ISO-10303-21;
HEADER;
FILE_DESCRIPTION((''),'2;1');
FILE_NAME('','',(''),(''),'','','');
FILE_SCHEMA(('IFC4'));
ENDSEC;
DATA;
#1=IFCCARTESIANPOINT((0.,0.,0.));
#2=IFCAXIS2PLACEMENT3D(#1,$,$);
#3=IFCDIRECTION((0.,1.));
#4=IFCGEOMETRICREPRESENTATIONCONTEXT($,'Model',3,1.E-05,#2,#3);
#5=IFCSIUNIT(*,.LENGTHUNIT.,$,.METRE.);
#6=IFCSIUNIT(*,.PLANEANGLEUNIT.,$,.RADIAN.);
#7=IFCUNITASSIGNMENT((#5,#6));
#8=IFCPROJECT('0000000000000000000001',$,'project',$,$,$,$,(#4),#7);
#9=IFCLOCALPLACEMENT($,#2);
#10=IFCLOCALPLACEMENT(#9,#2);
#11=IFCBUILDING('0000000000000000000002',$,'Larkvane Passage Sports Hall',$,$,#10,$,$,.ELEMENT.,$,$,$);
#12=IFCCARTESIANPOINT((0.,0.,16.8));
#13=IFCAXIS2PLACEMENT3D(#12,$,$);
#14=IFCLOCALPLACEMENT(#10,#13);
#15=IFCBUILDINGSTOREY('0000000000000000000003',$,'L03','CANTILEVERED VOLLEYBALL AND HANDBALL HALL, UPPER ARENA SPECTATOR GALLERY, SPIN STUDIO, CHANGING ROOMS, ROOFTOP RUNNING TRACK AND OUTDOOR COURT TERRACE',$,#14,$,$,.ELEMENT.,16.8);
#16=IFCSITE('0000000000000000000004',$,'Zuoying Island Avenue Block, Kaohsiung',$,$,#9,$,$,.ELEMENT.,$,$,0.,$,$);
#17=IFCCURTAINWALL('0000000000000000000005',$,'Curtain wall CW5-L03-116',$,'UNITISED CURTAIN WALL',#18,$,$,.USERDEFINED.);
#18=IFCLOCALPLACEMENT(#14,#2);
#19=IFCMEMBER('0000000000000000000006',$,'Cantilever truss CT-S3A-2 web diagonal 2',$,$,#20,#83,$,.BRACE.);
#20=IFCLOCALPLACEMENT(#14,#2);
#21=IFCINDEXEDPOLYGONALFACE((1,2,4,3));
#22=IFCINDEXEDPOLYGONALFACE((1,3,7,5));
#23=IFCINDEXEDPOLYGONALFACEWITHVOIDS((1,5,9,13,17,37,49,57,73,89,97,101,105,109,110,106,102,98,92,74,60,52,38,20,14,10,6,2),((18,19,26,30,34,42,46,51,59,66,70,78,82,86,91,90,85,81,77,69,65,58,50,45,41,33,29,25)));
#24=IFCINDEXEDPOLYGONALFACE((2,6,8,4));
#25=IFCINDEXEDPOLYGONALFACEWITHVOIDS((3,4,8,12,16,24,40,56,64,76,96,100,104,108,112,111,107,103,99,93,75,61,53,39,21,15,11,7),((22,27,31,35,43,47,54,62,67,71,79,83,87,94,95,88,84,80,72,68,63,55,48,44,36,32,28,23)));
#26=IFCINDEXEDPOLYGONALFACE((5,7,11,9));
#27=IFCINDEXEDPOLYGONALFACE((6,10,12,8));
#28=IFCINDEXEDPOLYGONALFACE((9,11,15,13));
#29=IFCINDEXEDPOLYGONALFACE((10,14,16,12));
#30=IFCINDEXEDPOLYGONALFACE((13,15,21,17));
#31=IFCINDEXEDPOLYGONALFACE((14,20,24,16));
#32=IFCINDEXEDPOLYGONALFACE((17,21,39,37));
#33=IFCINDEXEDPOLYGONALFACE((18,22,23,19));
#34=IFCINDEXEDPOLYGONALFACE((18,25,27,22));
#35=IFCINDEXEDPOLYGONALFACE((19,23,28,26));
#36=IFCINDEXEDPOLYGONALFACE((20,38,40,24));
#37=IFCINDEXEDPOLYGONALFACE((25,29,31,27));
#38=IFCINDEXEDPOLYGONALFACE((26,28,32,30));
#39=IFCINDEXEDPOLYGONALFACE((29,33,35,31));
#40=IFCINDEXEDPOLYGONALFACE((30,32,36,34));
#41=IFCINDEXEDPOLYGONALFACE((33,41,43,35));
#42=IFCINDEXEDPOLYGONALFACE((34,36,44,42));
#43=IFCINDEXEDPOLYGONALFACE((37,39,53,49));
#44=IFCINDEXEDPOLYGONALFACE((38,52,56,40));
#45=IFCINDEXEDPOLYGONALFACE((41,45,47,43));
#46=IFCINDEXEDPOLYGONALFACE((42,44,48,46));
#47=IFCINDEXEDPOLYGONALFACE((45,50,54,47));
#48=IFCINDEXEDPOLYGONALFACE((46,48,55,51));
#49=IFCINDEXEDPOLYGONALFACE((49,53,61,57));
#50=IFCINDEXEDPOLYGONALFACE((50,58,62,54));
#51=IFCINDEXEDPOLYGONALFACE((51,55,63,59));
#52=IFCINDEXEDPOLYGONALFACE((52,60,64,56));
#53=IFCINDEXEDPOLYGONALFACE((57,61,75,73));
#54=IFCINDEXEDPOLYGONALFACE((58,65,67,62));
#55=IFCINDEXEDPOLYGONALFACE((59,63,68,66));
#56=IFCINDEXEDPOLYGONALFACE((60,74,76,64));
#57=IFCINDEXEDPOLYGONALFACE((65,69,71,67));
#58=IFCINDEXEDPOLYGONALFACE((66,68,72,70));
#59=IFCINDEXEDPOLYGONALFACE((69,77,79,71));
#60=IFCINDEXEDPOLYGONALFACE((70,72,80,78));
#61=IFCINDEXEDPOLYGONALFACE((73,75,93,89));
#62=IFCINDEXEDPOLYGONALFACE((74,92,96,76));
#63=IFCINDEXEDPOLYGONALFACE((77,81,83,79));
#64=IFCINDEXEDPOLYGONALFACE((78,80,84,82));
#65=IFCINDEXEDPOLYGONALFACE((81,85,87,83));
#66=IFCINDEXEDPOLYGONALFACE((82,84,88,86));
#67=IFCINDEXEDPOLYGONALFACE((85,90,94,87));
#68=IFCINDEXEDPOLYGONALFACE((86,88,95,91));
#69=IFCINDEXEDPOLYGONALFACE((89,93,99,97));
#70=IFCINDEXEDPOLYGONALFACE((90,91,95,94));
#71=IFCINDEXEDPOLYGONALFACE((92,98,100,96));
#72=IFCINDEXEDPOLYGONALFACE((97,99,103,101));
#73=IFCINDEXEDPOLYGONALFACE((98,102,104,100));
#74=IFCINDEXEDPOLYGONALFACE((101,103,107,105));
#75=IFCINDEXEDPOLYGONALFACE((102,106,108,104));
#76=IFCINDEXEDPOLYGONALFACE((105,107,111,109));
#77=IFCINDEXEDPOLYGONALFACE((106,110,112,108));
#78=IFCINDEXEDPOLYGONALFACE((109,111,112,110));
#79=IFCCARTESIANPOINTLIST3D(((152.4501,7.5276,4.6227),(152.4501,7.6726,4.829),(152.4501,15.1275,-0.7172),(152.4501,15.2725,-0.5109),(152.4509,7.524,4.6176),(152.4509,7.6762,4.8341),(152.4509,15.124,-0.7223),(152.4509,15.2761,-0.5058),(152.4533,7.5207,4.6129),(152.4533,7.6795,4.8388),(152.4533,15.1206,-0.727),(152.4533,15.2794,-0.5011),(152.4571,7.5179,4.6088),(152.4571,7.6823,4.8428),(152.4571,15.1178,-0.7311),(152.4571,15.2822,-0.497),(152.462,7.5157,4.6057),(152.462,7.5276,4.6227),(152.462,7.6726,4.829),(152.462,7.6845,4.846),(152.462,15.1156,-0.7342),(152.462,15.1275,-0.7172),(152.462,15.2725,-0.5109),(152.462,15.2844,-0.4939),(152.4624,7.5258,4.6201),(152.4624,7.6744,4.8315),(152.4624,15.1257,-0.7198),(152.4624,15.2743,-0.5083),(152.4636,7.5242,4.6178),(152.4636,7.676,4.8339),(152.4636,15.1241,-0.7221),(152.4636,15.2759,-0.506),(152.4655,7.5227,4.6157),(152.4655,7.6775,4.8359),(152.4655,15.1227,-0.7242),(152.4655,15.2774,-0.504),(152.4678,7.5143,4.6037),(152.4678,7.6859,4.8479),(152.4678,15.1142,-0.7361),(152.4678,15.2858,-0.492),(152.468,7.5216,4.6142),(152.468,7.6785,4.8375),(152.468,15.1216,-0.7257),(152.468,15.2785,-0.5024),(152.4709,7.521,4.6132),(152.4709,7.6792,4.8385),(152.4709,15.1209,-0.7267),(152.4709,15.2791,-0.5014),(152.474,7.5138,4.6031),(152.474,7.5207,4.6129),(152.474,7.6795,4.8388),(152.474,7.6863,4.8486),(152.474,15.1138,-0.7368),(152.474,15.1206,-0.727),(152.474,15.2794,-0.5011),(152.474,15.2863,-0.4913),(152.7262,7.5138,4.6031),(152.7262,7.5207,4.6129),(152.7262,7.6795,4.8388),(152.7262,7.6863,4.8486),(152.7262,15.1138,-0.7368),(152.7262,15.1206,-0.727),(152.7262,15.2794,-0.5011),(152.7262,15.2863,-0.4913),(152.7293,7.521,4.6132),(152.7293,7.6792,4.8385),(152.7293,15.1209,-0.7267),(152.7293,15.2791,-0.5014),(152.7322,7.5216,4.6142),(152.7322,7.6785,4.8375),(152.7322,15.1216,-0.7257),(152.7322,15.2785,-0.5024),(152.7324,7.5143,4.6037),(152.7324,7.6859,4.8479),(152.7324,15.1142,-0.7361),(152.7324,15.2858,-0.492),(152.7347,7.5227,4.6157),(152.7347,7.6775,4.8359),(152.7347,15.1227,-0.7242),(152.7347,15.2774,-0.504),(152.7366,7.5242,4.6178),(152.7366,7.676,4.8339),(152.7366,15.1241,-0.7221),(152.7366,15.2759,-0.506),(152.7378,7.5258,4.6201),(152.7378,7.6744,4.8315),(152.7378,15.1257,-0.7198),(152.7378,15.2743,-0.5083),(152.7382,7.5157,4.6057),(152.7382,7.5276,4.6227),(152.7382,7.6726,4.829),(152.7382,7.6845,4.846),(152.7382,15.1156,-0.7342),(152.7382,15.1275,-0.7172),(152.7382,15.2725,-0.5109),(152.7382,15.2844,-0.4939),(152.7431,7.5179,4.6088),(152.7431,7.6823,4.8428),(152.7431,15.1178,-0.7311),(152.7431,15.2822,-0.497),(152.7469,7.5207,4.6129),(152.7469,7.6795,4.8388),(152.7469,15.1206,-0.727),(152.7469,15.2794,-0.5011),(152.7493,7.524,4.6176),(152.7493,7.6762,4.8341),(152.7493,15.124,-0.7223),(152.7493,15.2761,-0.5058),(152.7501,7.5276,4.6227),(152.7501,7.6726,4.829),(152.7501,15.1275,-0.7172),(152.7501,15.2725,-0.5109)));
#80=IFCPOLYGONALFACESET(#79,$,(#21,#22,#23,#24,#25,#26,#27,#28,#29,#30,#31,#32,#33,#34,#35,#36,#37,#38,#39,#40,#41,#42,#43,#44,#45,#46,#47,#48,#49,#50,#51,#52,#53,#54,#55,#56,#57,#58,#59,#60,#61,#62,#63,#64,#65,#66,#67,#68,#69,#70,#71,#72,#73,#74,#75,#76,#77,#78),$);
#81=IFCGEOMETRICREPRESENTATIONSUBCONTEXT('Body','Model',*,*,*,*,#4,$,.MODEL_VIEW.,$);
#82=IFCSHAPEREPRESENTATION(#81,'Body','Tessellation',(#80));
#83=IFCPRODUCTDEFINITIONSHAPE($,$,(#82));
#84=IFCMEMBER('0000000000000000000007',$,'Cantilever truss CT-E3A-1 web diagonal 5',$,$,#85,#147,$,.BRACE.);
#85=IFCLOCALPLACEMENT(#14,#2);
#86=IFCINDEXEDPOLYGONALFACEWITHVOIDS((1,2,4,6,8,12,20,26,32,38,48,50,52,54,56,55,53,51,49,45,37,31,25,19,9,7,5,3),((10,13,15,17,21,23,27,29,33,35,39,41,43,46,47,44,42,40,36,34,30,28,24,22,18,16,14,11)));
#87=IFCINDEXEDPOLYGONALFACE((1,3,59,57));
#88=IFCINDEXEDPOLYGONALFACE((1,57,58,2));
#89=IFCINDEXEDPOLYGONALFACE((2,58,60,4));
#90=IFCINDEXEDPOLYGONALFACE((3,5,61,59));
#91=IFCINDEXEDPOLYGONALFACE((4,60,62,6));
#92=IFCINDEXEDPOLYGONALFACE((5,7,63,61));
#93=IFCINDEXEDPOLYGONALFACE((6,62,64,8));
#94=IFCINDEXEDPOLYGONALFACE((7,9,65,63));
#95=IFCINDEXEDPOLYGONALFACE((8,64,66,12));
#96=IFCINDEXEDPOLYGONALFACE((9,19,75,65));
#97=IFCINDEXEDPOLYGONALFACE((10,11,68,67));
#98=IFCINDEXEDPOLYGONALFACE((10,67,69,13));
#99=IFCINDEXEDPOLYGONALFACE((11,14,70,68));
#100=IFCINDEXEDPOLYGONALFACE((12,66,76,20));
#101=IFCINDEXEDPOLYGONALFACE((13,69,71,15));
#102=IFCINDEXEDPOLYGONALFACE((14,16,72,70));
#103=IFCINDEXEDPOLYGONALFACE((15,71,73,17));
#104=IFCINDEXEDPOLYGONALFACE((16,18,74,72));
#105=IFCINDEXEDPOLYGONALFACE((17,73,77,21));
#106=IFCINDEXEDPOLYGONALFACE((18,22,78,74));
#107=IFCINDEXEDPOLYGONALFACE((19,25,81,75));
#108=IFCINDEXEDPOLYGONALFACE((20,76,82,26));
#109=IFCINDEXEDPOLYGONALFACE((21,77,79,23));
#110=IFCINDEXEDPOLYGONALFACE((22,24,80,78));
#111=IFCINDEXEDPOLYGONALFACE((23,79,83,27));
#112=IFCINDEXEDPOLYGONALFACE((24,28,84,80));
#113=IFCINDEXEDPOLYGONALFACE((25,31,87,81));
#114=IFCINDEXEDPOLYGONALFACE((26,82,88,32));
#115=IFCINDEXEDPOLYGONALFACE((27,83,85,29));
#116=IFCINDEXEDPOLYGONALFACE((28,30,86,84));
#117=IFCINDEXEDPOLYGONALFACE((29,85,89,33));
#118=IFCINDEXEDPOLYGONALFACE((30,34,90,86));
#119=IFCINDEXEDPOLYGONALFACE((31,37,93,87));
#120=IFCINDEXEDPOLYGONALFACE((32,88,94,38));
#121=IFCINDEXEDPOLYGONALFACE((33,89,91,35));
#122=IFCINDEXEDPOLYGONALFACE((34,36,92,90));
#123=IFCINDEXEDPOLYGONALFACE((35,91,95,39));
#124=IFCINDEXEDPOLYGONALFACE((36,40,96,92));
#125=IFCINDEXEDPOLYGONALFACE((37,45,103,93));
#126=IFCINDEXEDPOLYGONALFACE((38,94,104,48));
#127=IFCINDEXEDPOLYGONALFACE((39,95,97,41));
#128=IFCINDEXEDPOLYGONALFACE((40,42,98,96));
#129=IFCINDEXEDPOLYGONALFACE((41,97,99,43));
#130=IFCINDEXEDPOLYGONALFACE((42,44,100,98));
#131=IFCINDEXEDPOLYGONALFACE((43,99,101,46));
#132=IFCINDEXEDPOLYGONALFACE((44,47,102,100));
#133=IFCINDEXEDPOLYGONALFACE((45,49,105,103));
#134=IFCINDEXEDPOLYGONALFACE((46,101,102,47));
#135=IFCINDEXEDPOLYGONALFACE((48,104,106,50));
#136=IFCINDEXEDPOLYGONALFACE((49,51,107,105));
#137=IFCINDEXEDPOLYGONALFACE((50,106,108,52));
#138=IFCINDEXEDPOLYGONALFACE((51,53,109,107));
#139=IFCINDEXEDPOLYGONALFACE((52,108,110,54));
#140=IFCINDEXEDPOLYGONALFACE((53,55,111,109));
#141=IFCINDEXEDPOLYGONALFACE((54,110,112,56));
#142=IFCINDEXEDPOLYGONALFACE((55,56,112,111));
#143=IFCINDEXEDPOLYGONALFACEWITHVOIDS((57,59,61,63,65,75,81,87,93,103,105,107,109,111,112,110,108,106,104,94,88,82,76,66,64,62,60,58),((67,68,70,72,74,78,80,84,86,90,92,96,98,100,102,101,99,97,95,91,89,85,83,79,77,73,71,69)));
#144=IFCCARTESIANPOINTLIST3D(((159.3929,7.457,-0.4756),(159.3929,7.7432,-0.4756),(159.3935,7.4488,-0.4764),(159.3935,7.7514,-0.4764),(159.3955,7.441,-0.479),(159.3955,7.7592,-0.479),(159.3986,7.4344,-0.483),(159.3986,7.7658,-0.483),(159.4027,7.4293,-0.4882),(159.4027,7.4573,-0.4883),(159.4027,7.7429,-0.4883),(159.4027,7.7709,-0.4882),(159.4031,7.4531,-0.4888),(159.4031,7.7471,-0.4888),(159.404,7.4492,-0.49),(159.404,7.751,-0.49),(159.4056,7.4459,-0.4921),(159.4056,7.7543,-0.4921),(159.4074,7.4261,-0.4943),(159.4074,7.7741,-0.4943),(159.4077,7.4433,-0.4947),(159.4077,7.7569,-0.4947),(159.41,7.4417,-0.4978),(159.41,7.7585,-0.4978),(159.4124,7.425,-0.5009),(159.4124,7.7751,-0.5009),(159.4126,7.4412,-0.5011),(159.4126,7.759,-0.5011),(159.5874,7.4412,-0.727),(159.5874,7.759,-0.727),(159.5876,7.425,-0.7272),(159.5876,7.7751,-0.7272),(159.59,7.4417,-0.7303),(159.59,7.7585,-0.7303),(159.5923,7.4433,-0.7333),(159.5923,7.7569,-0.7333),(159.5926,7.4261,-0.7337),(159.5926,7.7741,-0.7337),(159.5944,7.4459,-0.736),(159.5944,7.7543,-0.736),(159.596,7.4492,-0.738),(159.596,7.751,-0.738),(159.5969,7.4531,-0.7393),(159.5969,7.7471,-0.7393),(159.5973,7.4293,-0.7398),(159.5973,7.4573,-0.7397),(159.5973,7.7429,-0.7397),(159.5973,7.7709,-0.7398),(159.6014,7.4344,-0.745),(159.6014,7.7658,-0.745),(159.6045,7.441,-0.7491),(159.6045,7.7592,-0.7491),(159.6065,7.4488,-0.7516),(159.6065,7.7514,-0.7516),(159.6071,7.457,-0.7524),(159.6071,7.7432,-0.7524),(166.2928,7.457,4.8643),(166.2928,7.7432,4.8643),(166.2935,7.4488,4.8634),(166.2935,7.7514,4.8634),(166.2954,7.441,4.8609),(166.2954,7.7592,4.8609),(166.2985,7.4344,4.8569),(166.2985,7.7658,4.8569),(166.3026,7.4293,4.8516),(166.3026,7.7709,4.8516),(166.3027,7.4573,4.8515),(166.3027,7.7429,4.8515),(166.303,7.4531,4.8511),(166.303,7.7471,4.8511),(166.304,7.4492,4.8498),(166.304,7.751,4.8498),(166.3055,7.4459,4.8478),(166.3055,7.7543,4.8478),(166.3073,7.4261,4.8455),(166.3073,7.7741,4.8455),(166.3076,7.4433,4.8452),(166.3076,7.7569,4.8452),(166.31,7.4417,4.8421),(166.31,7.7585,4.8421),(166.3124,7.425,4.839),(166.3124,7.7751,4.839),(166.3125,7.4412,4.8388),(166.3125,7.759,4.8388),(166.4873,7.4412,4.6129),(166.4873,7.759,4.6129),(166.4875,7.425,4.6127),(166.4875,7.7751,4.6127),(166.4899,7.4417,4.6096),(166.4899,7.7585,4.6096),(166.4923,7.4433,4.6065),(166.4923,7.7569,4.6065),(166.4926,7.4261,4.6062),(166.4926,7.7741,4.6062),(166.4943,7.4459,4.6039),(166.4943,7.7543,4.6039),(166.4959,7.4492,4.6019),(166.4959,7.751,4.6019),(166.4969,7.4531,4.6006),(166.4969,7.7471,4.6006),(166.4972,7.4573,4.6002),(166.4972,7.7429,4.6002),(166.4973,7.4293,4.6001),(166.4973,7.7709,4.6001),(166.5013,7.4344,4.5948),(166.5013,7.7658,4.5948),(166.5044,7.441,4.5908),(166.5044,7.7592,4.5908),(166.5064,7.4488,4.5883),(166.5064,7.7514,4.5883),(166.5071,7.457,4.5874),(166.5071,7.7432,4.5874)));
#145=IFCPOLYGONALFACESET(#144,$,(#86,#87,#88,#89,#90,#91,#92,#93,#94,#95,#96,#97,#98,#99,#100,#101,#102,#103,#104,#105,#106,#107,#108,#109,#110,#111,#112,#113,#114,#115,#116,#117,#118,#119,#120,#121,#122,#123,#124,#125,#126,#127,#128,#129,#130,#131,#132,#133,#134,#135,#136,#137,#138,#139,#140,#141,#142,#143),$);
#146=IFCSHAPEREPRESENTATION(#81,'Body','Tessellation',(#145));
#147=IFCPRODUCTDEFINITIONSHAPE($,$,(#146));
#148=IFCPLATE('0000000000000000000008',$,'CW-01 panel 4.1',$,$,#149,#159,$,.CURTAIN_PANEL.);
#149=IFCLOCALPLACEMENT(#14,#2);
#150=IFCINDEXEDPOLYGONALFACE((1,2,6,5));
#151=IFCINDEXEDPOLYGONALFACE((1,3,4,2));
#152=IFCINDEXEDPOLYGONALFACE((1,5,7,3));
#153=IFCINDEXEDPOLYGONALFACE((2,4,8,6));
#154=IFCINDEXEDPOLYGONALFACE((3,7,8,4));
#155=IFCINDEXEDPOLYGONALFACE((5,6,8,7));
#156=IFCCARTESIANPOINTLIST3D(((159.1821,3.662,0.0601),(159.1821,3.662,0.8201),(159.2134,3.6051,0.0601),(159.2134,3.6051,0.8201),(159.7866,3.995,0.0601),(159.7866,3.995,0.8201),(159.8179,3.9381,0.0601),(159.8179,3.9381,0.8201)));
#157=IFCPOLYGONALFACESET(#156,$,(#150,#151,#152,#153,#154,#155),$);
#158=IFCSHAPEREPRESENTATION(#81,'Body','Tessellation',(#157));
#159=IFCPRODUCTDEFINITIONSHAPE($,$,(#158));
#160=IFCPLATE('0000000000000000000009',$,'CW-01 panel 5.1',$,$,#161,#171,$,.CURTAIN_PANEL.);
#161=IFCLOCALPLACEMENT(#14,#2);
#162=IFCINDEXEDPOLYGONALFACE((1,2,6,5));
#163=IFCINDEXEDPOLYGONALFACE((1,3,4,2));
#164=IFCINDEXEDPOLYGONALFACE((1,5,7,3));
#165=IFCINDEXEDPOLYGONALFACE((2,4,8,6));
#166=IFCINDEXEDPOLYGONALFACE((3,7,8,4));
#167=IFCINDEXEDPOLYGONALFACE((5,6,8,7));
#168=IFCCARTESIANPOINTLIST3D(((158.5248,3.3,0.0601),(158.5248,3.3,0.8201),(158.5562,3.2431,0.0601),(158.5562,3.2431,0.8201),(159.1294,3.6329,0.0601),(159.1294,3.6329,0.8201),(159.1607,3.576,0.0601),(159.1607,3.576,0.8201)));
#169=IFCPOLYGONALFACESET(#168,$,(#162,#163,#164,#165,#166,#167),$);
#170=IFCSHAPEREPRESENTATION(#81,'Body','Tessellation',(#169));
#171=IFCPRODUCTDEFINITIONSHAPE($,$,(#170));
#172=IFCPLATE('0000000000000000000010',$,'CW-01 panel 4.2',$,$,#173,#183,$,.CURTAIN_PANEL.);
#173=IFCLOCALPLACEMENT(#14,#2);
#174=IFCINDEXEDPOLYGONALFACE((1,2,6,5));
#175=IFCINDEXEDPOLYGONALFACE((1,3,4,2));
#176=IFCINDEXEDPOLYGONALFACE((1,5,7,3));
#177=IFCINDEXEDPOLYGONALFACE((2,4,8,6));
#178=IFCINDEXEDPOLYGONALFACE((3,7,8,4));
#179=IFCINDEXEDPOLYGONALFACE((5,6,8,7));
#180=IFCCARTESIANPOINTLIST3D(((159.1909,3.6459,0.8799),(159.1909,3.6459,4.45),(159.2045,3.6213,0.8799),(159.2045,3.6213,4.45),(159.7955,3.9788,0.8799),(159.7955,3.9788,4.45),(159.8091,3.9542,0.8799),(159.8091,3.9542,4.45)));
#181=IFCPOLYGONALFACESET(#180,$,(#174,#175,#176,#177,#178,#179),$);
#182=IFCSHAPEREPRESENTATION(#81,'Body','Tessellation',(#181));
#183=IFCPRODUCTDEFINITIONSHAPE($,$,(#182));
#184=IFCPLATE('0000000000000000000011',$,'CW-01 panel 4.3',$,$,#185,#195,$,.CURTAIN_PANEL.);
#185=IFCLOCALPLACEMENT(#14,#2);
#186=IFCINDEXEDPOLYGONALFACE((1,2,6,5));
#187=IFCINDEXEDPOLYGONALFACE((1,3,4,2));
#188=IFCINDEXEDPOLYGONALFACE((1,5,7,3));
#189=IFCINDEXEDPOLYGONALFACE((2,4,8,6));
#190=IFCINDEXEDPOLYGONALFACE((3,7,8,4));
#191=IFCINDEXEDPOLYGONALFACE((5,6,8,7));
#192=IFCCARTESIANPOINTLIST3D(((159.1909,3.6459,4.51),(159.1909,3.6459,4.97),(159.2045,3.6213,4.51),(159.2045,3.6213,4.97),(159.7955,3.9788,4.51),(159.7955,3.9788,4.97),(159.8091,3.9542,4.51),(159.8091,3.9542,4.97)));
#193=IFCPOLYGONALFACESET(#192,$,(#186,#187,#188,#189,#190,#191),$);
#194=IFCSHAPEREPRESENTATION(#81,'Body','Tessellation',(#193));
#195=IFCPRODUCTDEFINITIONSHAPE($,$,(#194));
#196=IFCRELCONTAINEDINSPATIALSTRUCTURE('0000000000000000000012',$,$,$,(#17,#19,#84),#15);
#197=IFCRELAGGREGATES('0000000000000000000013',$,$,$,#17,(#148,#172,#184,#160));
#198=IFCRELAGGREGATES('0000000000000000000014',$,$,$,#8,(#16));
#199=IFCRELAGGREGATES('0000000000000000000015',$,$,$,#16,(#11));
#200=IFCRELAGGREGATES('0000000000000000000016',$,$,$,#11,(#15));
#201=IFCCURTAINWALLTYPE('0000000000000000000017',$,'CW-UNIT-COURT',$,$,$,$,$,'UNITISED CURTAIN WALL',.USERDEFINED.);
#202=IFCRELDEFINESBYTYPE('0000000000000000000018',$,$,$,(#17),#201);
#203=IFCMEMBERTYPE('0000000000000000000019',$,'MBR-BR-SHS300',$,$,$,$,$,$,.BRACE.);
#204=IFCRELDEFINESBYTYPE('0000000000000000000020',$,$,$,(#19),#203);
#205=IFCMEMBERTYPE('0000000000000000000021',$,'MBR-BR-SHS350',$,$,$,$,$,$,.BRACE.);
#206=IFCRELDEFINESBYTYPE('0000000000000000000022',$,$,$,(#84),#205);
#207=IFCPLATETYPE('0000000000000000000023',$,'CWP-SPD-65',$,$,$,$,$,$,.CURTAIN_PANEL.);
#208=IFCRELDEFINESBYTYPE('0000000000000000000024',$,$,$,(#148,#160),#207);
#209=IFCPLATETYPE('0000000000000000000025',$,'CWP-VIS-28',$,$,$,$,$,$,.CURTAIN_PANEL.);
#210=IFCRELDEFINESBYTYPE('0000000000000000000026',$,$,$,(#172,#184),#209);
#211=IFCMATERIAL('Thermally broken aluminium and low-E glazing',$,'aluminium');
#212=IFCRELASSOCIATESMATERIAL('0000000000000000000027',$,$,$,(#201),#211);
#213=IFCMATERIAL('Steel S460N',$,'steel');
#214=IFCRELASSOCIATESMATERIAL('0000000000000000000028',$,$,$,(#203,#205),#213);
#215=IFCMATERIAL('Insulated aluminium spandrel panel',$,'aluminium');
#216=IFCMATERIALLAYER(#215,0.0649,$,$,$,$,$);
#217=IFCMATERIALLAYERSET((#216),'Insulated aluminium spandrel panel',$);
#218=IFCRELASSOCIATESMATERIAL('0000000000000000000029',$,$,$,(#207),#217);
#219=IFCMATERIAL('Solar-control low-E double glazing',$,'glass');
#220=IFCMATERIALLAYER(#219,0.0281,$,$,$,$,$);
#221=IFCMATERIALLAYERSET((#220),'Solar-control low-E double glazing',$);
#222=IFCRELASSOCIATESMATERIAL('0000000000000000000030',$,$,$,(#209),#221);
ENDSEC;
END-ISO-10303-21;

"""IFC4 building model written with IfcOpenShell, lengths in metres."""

from ifc_helpers import new_model, si_unit, direction, frame, origin, origin_2d, place, context, subcontext, project, spatial, rectangle, hollow_rectangle, extrude, material, layer, layer_set, material_profile, profile_set, type_object, element, aggregate, save


model = new_model("IFC4")

# Units and contexts
model_context = context("Model", 3, precision=1e-05, world=origin(), true_north=direction((0.0, 1.0)))
body_context = subcontext(model_context, "Body", "Model", "MODEL_VIEW")
ifc_project = project(units=[si_unit("LENGTHUNIT", "METRE"), si_unit("PLANEANGLEUNIT", "RADIAN")], contexts=[model_context])

# Site, building, storey
site_placement = place(None, origin())
site = spatial("IfcSite", under=ifc_project, at=site_placement, Name="Zuoying Island Avenue Block, Kaohsiung", CompositionType="ELEMENT", RefElevation=0.0)
building_placement = place(site_placement, origin())
building = spatial("IfcBuilding", under=site, at=building_placement, Name="Larkvane Passage Sports Hall", CompositionType="ELEMENT")
storey_placement = place(building_placement, frame((0.0, 0.0, 16.8)))
storey = spatial("IfcBuildingStorey", under=building, at=storey_placement, Name="L03", Description="CANTILEVERED VOLLEYBALL AND HANDBALL HALL, UPPER ARENA SPECTATOR GALLERY, SPIN STUDIO, CHANGING ROOMS, ROOFTOP RUNNING TRACK AND OUTDOOR COURT TERRACE", CompositionType="ELEMENT", Elevation=16.8)

# Shared definitions
ifc_material_1 = material(Name="Steel S460N", Category="steel")

# Curtain wall
ifc_material_2 = material(Name="Thermally broken aluminium and low-E glazing", Category="aluminium")
curtain_wall_type = type_object("IfcCurtainWallType", Name="CW-UNIT-COURT", ElementType="UNITISED CURTAIN WALL", PredefinedType="USERDEFINED", material=ifc_material_2)
curtain_wall_placement = place(storey_placement, origin())
curtain_wall = element("IfcCurtainWall", 1, at=curtain_wall_placement, inside=storey, type_object=curtain_wall_type, Name="Curtain wall CW5-L03-116", ObjectType="UNITISED CURTAIN WALL", PredefinedType="USERDEFINED")

# Members
ifc_material_profile_1 = material_profile(ifc_material_1, hollow_rectangle(XDim=0.3, YDim=0.3, WallThickness=0.012, InnerFilletRadius=0.012, OuterFilletRadius=0.0239, at=origin_2d()), Name="SHS-300x300x12")
ifc_profile_set_1 = profile_set([ifc_material_profile_1], Name="Steel S460N")
member_type_1 = type_object("IfcMemberType", Name="MBR-BR-SHS300", PredefinedType="BRACE", material=ifc_profile_set_1)
member_1_placement = place(storey_placement, frame((152.6001, 7.6001, 4.7258), z_axis=(0.0, 0.818222, -0.574903), x_axis=(-1.0, 0.0, 0.0)))
element("IfcMember", 2, at=member_1_placement, inside=storey, type_object=member_type_1, Name="Cantilever truss CT-S3A-2 web diagonal 2", PredefinedType="BRACE", context=body_context, shape_type="SweptSolid", body=[
    extrude(hollow_rectangle(XDim=0.3, YDim=0.3, WallThickness=0.012, InnerFilletRadius=0.012, OuterFilletRadius=0.0239, at=origin_2d()), origin(), (0.0, 0.0, 1.0), 9.2883),
])
ifc_material_profile_2 = material_profile(ifc_material_1, hollow_rectangle(XDim=0.3501, YDim=0.3501, WallThickness=0.0161, InnerFilletRadius=0.0161, OuterFilletRadius=0.032, at=origin_2d()), Name="SHS-350x350x16")
ifc_profile_set_2 = profile_set([ifc_material_profile_2], Name="Steel S460N")
member_type_2 = type_object("IfcMemberType", Name="MBR-BR-SHS350", PredefinedType="BRACE", material=ifc_profile_set_2)
member_2_placement = place(storey_placement, frame((159.5, 7.6001, -0.614), z_axis=(0.790836, 0.0, 0.612029), x_axis=(0.0, 1.0, 0.0)))
element("IfcMember", 3, at=member_2_placement, inside=storey, type_object=member_type_2, Name="Cantilever truss CT-E3A-1 web diagonal 5", PredefinedType="BRACE", context=body_context, shape_type="SweptSolid", body=[
    extrude(hollow_rectangle(XDim=0.3501, YDim=0.3501, WallThickness=0.0161, InnerFilletRadius=0.0161, OuterFilletRadius=0.032, at=origin_2d()), origin(), (0.0, 0.0, 1.0), 8.7249),
])

# Plates
ifc_material_3 = material(Name="Insulated aluminium spandrel panel", Category="aluminium")
ifc_layer_1 = layer(ifc_material_3, 0.0649)
ifc_layer_set_1 = layer_set([ifc_layer_1], Name="Insulated aluminium spandrel panel")
plate_type_1 = type_object("IfcPlateType", Name="CWP-SPD-65", PredefinedType="CURTAIN_PANEL", material=ifc_layer_set_1)
plate_1_placement = place(storey_placement, frame((159.5, 3.8, 0.0601), z_axis=(0.0, 0.0, 1.0), x_axis=(-0.875942, -0.482416, 0.0)))
plate_1 = element("IfcPlate", 4, at=plate_1_placement, type_object=plate_type_1, Name="CW-01 panel 4.1", PredefinedType="CURTAIN_PANEL", context=body_context, shape_type="SweptSolid", body=[
    extrude(rectangle(XDim=0.6902, YDim=0.0649, at=origin_2d()), origin(), (0.0, 0.0, 1.0), 0.76),
])
plate_2_placement = place(storey_placement, frame((158.8428, 3.438, 0.0601), z_axis=(0.0, 0.0, 1.0), x_axis=(-0.875942, -0.482416, 0.0)))
plate_2 = element("IfcPlate", 5, at=plate_2_placement, type_object=plate_type_1, Name="CW-01 panel 5.1", PredefinedType="CURTAIN_PANEL", context=body_context, shape_type="SweptSolid", body=[
    extrude(rectangle(XDim=0.6902, YDim=0.0649, at=origin_2d()), origin(), (0.0, 0.0, 1.0), 0.76),
])
ifc_material_4 = material(Name="Solar-control low-E double glazing", Category="glass")
ifc_layer_2 = layer(ifc_material_4, 0.0281)
ifc_layer_set_2 = layer_set([ifc_layer_2], Name="Solar-control low-E double glazing")
plate_type_2 = type_object("IfcPlateType", Name="CWP-VIS-28", PredefinedType="CURTAIN_PANEL", material=ifc_layer_set_2)
plate_3_placement = place(storey_placement, frame((159.5, 3.8, 0.8799), z_axis=(0.0, 0.0, 1.0), x_axis=(-0.875942, -0.482416, 0.0)))
plate_3 = element("IfcPlate", 6, at=plate_3_placement, type_object=plate_type_2, Name="CW-01 panel 4.2", PredefinedType="CURTAIN_PANEL", context=body_context, shape_type="SweptSolid", body=[
    extrude(rectangle(XDim=0.6902, YDim=0.0281, at=origin_2d()), origin(), (0.0, 0.0, 1.0), 3.5701),
])
plate_4_placement = place(storey_placement, frame((159.5, 3.8, 4.51), z_axis=(0.0, 0.0, 1.0), x_axis=(-0.875942, -0.482416, 0.0)))
plate_4 = element("IfcPlate", 7, at=plate_4_placement, type_object=plate_type_2, Name="CW-01 panel 4.3", PredefinedType="CURTAIN_PANEL", context=body_context, shape_type="SweptSolid", body=[
    extrude(rectangle(XDim=0.6902, YDim=0.0281, at=origin_2d()), origin(), (0.0, 0.0, 1.0), 0.46),
])
aggregate(curtain_wall, [plate_1, plate_3, plate_4, plate_2])

save(model, "model.ifc")
